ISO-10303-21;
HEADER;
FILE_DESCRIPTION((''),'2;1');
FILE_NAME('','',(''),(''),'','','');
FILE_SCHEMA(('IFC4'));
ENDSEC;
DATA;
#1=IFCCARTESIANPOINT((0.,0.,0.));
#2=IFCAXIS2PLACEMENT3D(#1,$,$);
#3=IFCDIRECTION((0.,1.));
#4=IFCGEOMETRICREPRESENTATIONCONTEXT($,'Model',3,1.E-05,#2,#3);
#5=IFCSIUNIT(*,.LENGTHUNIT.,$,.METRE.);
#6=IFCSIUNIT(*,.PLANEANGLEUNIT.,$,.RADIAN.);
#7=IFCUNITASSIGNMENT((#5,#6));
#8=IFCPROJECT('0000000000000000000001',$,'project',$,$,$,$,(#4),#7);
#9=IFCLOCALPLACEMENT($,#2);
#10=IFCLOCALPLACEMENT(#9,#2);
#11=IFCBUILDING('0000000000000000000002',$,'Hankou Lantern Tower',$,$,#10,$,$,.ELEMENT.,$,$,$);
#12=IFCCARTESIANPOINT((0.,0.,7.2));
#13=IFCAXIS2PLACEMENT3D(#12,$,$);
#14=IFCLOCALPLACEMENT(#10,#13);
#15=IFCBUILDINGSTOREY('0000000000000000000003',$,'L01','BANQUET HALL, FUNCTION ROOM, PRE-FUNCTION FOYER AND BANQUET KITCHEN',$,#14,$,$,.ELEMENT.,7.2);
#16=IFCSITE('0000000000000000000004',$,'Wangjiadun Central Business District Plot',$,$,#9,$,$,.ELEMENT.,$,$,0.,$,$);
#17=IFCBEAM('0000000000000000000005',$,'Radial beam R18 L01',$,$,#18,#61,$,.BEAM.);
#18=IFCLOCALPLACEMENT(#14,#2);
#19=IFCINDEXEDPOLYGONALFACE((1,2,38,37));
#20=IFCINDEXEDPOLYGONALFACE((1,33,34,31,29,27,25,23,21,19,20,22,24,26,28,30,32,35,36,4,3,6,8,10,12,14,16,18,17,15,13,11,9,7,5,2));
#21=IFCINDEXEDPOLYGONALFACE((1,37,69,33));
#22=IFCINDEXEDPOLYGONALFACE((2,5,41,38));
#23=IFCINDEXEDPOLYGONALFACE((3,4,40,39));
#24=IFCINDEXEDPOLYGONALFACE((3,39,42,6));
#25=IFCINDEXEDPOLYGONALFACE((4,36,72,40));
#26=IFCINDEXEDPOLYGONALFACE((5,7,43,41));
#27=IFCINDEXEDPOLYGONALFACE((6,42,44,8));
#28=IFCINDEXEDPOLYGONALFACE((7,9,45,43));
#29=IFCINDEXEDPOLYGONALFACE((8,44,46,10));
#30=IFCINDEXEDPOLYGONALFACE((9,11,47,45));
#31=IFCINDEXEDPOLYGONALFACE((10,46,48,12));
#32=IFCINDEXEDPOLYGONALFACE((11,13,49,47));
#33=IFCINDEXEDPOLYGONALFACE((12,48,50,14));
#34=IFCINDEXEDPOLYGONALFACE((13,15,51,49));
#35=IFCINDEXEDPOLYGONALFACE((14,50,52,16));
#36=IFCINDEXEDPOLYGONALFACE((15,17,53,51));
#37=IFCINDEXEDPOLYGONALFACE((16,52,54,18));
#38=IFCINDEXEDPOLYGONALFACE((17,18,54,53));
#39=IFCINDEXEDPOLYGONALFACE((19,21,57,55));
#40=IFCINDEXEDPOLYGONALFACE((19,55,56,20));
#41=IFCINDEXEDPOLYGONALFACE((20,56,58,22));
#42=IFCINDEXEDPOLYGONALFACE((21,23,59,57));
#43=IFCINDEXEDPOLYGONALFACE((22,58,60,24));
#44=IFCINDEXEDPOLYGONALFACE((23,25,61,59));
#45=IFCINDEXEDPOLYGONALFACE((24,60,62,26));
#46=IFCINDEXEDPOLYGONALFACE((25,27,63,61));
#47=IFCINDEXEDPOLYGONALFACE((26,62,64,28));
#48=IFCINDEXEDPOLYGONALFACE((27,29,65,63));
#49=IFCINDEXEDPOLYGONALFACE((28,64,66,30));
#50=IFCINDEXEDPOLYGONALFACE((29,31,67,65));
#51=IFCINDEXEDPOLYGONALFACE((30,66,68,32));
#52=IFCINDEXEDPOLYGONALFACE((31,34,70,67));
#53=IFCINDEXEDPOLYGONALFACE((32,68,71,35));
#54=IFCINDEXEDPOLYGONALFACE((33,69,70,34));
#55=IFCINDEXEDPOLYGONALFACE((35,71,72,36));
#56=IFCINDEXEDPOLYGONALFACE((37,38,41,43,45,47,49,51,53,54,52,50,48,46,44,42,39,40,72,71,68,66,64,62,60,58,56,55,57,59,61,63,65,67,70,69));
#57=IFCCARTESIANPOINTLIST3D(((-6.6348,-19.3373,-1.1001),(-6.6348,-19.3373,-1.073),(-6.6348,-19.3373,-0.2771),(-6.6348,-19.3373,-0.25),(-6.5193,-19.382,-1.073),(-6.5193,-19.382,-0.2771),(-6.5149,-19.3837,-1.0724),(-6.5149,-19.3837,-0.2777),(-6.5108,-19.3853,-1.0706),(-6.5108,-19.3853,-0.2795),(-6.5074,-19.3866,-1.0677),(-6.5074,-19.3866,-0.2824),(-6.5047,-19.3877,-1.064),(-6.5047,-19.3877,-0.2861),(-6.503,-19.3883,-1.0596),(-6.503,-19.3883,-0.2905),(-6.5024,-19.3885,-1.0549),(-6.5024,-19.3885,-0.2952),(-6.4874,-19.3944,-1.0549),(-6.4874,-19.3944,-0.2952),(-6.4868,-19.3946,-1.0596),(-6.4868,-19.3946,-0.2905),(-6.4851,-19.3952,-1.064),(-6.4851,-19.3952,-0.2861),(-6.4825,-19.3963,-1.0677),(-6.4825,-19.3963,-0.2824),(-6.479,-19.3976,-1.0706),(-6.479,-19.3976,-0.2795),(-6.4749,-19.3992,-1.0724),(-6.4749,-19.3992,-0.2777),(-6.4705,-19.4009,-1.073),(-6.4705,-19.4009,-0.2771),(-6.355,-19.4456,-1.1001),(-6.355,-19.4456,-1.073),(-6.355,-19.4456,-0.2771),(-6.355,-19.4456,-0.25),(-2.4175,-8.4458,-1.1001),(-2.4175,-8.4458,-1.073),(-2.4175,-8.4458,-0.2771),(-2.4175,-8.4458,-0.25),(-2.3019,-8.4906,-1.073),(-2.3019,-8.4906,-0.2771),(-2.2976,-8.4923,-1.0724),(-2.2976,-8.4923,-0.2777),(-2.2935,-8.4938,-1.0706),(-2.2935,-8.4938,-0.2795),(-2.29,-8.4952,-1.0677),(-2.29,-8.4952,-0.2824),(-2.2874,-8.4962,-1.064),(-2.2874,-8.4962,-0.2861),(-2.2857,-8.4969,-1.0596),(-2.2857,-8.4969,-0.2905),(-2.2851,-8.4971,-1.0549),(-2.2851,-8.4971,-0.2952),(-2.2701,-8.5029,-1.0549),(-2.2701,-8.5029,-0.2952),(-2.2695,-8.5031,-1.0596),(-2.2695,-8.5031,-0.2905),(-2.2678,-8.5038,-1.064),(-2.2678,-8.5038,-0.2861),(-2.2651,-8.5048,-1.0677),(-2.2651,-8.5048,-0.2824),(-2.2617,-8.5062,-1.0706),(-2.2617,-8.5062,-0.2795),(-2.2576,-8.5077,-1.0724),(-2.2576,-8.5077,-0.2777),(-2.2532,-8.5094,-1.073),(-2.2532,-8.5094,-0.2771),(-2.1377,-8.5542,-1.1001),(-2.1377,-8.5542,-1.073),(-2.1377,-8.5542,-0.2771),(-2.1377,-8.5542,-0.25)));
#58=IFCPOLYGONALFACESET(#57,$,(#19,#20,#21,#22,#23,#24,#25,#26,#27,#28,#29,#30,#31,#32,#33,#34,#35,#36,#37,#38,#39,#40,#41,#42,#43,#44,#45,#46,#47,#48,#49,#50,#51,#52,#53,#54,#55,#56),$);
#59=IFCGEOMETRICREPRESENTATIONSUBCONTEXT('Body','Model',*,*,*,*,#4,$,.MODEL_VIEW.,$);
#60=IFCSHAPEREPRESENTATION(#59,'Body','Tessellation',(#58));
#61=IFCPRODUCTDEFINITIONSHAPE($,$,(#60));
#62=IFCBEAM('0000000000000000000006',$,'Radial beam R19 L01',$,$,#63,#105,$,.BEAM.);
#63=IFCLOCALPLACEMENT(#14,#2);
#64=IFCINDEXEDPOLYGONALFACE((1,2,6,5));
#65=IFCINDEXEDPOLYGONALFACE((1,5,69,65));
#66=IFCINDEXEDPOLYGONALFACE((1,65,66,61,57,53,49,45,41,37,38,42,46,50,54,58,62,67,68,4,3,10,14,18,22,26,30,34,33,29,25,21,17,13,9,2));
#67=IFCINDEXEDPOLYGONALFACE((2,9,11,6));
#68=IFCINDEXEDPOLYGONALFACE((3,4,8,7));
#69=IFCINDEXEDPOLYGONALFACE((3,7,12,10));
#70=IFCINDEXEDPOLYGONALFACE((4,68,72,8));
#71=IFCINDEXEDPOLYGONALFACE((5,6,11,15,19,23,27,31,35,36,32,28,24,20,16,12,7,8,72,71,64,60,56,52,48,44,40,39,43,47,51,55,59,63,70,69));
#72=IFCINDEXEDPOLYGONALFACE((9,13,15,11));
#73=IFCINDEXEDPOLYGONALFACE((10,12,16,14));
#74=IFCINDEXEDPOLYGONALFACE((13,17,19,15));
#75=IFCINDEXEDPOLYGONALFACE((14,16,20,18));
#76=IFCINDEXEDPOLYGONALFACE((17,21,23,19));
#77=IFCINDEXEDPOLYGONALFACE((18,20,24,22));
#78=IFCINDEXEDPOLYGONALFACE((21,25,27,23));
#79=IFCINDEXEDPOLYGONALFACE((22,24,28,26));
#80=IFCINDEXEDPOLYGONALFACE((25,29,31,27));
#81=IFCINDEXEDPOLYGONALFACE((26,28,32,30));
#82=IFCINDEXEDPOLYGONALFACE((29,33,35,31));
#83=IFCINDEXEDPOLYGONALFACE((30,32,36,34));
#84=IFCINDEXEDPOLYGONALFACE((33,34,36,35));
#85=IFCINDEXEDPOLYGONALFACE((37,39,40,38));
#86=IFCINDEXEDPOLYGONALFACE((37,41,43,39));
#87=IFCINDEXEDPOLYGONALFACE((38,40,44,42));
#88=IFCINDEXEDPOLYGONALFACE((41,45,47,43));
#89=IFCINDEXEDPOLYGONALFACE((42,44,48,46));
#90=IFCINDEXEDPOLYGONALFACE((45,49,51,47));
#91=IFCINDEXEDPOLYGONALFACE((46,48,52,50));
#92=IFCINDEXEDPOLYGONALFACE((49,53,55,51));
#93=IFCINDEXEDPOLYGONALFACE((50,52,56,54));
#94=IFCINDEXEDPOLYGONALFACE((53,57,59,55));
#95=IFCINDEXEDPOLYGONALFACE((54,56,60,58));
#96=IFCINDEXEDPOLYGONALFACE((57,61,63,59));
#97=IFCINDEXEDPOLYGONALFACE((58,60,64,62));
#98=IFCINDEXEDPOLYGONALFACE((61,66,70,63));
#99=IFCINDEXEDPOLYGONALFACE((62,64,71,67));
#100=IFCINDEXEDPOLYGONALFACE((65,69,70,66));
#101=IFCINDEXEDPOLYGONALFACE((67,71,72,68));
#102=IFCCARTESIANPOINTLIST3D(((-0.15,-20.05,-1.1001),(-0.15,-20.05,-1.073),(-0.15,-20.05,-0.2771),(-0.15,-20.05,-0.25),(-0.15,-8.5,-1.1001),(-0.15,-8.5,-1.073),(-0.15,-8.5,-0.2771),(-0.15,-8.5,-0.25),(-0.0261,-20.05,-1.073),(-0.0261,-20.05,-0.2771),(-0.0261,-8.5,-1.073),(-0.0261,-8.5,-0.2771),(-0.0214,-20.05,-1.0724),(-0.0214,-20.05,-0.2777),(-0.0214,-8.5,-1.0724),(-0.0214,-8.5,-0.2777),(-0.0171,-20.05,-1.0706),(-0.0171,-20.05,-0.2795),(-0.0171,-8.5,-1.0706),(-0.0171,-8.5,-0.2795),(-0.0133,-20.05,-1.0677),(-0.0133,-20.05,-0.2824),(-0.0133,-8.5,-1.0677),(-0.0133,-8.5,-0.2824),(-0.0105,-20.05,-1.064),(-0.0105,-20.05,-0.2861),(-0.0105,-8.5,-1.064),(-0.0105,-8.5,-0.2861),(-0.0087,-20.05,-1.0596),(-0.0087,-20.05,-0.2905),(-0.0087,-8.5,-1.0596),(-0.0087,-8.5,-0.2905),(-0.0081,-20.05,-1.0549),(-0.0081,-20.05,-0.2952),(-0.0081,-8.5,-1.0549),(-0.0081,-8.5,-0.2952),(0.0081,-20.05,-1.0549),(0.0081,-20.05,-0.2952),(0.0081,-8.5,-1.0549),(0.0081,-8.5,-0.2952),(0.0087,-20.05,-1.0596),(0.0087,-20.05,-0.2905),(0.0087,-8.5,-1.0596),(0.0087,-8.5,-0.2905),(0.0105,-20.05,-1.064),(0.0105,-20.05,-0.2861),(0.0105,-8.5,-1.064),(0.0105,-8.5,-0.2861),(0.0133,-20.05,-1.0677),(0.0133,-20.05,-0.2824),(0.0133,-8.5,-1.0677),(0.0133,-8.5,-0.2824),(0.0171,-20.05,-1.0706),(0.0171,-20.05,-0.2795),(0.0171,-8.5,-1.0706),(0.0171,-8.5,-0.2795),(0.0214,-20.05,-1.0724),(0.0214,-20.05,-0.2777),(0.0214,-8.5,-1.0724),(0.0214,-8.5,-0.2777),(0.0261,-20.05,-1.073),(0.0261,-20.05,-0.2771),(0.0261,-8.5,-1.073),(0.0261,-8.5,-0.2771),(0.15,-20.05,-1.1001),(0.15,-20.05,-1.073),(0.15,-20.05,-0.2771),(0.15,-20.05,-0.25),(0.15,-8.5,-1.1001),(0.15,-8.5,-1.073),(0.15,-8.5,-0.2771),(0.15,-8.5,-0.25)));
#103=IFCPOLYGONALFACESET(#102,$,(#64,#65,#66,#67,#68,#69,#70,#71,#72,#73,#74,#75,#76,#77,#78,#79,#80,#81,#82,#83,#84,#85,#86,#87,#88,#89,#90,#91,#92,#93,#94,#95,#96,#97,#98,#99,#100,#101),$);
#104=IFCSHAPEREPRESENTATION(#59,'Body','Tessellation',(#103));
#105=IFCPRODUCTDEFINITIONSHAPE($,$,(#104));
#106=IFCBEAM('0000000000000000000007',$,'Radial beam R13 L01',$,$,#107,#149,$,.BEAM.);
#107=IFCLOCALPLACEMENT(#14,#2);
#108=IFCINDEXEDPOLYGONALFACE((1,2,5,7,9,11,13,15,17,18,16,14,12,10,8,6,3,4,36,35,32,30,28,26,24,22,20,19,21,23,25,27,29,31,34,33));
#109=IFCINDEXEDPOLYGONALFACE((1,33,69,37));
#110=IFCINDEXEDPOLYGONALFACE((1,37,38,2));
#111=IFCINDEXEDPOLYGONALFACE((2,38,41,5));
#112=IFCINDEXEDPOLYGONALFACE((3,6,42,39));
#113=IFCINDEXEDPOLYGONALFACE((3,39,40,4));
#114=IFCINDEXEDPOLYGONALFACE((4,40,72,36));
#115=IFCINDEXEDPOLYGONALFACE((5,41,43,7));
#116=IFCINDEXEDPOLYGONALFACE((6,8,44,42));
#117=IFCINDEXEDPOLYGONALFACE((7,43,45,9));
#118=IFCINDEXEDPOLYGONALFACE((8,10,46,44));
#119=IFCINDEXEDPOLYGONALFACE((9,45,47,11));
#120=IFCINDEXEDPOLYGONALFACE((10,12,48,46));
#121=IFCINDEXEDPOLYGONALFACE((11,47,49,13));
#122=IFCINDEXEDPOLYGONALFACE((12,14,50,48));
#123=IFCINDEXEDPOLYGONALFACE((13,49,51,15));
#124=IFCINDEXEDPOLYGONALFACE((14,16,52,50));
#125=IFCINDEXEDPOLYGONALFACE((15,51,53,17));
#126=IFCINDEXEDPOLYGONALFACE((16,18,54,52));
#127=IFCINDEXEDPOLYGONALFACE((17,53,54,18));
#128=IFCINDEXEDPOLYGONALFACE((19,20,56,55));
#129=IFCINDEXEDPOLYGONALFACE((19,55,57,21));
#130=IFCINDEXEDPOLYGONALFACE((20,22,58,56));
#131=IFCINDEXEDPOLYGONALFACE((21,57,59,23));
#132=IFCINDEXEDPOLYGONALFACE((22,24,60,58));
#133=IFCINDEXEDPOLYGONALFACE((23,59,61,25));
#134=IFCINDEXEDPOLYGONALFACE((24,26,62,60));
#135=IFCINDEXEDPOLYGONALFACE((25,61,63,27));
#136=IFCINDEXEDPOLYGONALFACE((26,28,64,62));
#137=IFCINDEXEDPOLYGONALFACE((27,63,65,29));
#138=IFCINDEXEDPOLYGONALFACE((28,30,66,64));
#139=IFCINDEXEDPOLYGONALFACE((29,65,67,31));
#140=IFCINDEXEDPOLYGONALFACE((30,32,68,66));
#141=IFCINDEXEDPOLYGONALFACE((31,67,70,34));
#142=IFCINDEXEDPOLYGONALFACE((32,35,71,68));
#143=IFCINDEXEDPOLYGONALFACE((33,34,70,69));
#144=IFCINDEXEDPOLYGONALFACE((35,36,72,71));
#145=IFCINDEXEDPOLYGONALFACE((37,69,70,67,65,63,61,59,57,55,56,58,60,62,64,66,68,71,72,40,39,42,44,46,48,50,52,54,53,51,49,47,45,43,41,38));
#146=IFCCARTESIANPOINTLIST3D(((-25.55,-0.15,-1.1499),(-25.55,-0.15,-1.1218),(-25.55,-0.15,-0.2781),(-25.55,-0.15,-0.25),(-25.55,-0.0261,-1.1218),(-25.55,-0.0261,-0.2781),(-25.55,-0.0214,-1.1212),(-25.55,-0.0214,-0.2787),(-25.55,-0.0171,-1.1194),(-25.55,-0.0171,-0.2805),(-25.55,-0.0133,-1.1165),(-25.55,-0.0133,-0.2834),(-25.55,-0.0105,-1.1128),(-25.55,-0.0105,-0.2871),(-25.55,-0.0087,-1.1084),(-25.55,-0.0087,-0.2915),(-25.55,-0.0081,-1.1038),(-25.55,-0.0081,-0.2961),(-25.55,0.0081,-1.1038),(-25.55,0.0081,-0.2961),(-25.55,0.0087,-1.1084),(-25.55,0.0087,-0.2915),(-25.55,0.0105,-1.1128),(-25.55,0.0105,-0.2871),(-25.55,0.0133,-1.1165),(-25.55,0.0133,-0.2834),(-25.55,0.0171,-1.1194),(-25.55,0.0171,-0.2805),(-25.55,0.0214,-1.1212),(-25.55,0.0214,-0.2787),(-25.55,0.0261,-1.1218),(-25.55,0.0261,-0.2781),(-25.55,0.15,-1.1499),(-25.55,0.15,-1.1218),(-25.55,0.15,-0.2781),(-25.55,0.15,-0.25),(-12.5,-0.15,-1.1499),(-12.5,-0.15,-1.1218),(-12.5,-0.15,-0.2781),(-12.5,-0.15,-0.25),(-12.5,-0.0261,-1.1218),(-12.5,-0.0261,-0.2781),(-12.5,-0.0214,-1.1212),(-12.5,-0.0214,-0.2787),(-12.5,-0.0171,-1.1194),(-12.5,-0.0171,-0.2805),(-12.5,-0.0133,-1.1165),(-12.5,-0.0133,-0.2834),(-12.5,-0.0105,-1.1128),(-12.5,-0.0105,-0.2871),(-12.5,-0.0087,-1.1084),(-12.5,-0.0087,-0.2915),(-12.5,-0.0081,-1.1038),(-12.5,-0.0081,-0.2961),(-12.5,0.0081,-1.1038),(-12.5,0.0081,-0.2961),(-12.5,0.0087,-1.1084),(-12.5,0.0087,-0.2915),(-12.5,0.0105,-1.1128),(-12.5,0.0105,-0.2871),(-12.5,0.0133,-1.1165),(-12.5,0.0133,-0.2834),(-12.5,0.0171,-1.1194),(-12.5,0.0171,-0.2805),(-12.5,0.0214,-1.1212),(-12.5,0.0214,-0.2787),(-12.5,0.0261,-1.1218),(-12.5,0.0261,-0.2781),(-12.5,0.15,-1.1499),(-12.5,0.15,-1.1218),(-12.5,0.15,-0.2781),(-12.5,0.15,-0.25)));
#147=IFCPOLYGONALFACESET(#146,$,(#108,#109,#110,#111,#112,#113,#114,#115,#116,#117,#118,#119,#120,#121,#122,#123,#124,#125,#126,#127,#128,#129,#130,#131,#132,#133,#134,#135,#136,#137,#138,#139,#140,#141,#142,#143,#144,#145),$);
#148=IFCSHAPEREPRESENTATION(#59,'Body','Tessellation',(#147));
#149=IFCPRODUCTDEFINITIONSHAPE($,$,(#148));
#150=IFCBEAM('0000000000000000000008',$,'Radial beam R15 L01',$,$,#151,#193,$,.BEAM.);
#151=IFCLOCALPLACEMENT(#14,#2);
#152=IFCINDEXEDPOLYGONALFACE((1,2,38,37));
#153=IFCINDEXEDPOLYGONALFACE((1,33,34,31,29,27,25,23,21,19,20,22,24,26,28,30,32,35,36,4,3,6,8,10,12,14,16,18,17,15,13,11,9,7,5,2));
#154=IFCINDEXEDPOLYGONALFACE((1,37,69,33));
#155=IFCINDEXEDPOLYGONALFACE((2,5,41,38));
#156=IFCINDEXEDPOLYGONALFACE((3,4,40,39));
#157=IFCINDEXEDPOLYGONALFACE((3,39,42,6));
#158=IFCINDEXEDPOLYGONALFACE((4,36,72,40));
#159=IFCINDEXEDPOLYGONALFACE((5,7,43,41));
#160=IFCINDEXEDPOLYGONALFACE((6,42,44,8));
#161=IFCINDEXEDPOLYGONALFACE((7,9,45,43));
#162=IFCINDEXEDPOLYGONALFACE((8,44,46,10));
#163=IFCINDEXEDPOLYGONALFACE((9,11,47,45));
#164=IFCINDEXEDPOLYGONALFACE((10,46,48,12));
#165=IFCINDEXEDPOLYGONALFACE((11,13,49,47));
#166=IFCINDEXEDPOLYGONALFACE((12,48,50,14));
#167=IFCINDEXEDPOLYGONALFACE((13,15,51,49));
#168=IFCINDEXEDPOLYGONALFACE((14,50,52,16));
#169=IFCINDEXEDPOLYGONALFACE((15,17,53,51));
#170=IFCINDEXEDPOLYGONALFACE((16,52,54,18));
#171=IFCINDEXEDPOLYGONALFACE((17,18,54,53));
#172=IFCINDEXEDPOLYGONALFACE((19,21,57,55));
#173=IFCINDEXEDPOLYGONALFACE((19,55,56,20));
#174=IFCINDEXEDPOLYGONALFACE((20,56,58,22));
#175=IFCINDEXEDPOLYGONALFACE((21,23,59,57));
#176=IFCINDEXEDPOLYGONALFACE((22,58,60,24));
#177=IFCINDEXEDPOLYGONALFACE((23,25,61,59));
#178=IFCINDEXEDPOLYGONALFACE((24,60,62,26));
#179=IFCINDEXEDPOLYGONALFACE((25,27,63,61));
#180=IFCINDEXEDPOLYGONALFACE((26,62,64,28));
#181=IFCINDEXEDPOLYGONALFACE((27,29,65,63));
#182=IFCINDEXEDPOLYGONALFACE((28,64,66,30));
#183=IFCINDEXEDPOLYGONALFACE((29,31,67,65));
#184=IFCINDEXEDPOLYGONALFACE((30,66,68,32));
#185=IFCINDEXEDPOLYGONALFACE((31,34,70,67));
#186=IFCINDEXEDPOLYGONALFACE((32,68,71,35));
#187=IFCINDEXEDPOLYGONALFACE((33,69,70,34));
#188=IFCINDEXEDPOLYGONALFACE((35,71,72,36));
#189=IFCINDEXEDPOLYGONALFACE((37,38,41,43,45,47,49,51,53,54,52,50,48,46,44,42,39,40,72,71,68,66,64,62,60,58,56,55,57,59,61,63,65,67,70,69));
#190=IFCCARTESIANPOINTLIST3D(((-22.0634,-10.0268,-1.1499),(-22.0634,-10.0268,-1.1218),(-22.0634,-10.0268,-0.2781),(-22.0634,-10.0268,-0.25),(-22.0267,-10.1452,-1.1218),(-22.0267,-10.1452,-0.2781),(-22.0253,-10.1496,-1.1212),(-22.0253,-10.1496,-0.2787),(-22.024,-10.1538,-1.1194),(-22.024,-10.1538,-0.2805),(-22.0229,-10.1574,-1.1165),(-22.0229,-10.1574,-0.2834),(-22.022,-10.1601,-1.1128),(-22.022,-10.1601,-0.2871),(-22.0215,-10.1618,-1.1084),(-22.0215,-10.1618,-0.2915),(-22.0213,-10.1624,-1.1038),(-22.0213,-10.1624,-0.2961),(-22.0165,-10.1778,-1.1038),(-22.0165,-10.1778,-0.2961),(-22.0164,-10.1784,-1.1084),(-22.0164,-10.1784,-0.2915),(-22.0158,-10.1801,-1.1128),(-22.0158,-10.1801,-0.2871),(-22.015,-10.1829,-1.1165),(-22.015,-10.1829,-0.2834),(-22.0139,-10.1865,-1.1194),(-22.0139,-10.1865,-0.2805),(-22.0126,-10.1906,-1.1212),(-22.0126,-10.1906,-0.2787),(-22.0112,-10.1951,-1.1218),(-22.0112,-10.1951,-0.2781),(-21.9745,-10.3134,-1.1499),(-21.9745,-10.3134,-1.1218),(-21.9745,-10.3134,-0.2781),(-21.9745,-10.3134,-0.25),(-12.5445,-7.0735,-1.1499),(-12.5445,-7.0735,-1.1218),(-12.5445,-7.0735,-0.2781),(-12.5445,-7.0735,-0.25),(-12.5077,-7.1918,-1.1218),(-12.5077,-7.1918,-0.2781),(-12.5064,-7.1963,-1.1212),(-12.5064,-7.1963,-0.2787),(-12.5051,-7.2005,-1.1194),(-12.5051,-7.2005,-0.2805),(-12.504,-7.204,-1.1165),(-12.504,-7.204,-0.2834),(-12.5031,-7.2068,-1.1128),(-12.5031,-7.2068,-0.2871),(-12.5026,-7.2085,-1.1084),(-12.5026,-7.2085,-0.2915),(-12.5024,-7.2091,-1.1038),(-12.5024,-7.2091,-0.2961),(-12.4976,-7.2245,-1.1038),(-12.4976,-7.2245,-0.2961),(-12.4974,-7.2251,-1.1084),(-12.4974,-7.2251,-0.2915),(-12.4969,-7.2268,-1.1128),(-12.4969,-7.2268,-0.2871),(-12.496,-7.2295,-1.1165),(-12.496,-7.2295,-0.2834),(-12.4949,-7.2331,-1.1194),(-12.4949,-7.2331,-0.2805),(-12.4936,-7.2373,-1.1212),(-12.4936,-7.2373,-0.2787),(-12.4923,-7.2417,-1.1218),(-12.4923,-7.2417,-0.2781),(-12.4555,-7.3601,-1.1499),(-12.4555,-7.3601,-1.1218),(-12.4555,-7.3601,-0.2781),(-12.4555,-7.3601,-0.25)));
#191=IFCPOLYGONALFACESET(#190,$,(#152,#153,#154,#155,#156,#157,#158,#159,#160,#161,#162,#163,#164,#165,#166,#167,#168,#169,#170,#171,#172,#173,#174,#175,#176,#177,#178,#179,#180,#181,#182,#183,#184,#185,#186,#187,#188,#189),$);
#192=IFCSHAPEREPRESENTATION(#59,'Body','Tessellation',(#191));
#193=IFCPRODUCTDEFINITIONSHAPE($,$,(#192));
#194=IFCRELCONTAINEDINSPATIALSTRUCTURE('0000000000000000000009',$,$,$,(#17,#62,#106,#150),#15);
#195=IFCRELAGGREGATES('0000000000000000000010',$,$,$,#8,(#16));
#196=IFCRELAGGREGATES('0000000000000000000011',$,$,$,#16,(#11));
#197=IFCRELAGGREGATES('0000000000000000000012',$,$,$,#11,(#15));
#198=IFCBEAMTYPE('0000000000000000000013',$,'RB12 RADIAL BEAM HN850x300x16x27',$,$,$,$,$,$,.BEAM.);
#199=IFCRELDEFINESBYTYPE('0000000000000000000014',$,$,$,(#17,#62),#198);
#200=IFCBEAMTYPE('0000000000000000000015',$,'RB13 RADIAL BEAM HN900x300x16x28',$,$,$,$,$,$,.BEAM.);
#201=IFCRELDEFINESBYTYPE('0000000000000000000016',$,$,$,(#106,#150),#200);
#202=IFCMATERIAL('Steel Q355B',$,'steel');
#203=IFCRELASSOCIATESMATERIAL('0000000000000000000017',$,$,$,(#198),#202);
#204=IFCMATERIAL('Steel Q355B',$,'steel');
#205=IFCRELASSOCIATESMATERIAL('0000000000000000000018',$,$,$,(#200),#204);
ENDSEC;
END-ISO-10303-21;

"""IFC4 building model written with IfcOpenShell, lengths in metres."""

from ifc_helpers import new_model, si_unit, direction, frame, origin, origin_2d, place, context, subcontext, project, spatial, i_section, extrude, material, material_profile, profile_set, type_object, element, save


model = new_model("IFC4")

# Units and contexts
model_context = context("Model", 3, precision=1e-05, world=origin(), true_north=direction((0.0, 1.0)))
body_context = subcontext(model_context, "Body", "Model", "MODEL_VIEW")
ifc_project = project(units=[si_unit("LENGTHUNIT", "METRE"), si_unit("PLANEANGLEUNIT", "RADIAN")], contexts=[model_context])

# Site, building, storey
site_placement = place(None, origin())
site = spatial("IfcSite", under=ifc_project, at=site_placement, Name="Wangjiadun Central Business District Plot", CompositionType="ELEMENT", RefElevation=0.0)
building_placement = place(site_placement, origin())
building = spatial("IfcBuilding", under=site, at=building_placement, Name="Hankou Lantern Tower", CompositionType="ELEMENT")
storey_placement = place(building_placement, frame((0.0, 0.0, 7.2)))
storey = spatial("IfcBuildingStorey", under=building, at=storey_placement, Name="L01", Description="BANQUET HALL, FUNCTION ROOM, PRE-FUNCTION FOYER AND BANQUET KITCHEN", CompositionType="ELEMENT", Elevation=7.2)

# Beams
ifc_material_1 = material(Name="Steel Q355B", Category="steel")
ifc_material_profile_1 = material_profile(ifc_material_1, i_section(OverallWidth=0.3, OverallDepth=0.8501, WebThickness=0.0161, FlangeThickness=0.0271, FilletRadius=0.0181, at=origin_2d()), Name="HN850x300x16x27")
ifc_profile_set_1 = profile_set([ifc_material_profile_1], Name="Steel Q355B")
beam_type_1 = type_object("IfcBeamType", Name="RB12 RADIAL BEAM HN850x300x16x27", PredefinedType="BEAM", material=ifc_profile_set_1)
beam_1_placement = place(storey_placement, frame((-2.2776, -8.5, -0.675), z_axis=(-0.361089, -0.932531, 0.0), x_axis=(0.932531, -0.361089, 0.0)))
element("IfcBeam", 1, at=beam_1_placement, inside=storey, type_object=beam_type_1, Name="Radial beam R18 L01", PredefinedType="BEAM", context=body_context, shape_type="SweptSolid", body=[
    extrude(i_section(OverallWidth=0.3, OverallDepth=0.8501, WebThickness=0.0161, FlangeThickness=0.0271, FilletRadius=0.0181, at=origin_2d()), origin(), (0.0, 0.0, 1.0), 11.6794),
])
beam_2_placement = place(storey_placement, frame((0.0, -8.5, -0.675), z_axis=(0.0, -1.0, 0.0), x_axis=(1.0, 0.0, 0.0)))
element("IfcBeam", 2, at=beam_2_placement, inside=storey, type_object=beam_type_1, Name="Radial beam R19 L01", PredefinedType="BEAM", context=body_context, shape_type="SweptSolid", body=[
    extrude(i_section(OverallWidth=0.3, OverallDepth=0.8501, WebThickness=0.0161, FlangeThickness=0.0271, FilletRadius=0.0181, at=origin_2d()), origin(), (0.0, 0.0, 1.0), 11.55),
])
ifc_material_2 = material(Name="Steel Q355B", Category="steel")
ifc_material_profile_2 = material_profile(ifc_material_2, i_section(OverallWidth=0.3, OverallDepth=0.8999, WebThickness=0.0161, FlangeThickness=0.0281, FilletRadius=0.0181, at=origin_2d()), Name="HN900x300x16x28")
ifc_profile_set_2 = profile_set([ifc_material_profile_2], Name="Steel Q355B")
beam_type_2 = type_object("IfcBeamType", Name="RB13 RADIAL BEAM HN900x300x16x28", PredefinedType="BEAM", material=ifc_profile_set_2)
beam_3_placement = place(storey_placement, frame((-12.5, 0.0, -0.7), z_axis=(-1.0, 0.0, 0.0), x_axis=(0.0, -1.0, 0.0)))
element("IfcBeam", 3, at=beam_3_placement, inside=storey, type_object=beam_type_2, Name="Radial beam R13 L01", PredefinedType="BEAM", context=body_context, shape_type="SweptSolid", body=[
    extrude(i_section(OverallWidth=0.3, OverallDepth=0.8999, WebThickness=0.0161, FlangeThickness=0.0281, FilletRadius=0.0181, at=origin_2d()), origin(), (0.0, 0.0, 1.0), 13.05),
])
beam_4_placement = place(storey_placement, frame((-12.5, -7.2168, -0.7), z_axis=(-0.955087, -0.296324, 0.0), x_axis=(0.296324, -0.955087, 0.0)))
element("IfcBeam", 4, at=beam_4_placement, inside=storey, type_object=beam_type_2, Name="Radial beam R15 L01", PredefinedType="BEAM", context=body_context, shape_type="SweptSolid", body=[
    extrude(i_section(OverallWidth=0.3, OverallDepth=0.8999, WebThickness=0.0161, FlangeThickness=0.0281, FilletRadius=0.0181, at=origin_2d()), origin(), (0.0, 0.0, 1.0), 9.9666),
])

save(model, "model.ifc")
